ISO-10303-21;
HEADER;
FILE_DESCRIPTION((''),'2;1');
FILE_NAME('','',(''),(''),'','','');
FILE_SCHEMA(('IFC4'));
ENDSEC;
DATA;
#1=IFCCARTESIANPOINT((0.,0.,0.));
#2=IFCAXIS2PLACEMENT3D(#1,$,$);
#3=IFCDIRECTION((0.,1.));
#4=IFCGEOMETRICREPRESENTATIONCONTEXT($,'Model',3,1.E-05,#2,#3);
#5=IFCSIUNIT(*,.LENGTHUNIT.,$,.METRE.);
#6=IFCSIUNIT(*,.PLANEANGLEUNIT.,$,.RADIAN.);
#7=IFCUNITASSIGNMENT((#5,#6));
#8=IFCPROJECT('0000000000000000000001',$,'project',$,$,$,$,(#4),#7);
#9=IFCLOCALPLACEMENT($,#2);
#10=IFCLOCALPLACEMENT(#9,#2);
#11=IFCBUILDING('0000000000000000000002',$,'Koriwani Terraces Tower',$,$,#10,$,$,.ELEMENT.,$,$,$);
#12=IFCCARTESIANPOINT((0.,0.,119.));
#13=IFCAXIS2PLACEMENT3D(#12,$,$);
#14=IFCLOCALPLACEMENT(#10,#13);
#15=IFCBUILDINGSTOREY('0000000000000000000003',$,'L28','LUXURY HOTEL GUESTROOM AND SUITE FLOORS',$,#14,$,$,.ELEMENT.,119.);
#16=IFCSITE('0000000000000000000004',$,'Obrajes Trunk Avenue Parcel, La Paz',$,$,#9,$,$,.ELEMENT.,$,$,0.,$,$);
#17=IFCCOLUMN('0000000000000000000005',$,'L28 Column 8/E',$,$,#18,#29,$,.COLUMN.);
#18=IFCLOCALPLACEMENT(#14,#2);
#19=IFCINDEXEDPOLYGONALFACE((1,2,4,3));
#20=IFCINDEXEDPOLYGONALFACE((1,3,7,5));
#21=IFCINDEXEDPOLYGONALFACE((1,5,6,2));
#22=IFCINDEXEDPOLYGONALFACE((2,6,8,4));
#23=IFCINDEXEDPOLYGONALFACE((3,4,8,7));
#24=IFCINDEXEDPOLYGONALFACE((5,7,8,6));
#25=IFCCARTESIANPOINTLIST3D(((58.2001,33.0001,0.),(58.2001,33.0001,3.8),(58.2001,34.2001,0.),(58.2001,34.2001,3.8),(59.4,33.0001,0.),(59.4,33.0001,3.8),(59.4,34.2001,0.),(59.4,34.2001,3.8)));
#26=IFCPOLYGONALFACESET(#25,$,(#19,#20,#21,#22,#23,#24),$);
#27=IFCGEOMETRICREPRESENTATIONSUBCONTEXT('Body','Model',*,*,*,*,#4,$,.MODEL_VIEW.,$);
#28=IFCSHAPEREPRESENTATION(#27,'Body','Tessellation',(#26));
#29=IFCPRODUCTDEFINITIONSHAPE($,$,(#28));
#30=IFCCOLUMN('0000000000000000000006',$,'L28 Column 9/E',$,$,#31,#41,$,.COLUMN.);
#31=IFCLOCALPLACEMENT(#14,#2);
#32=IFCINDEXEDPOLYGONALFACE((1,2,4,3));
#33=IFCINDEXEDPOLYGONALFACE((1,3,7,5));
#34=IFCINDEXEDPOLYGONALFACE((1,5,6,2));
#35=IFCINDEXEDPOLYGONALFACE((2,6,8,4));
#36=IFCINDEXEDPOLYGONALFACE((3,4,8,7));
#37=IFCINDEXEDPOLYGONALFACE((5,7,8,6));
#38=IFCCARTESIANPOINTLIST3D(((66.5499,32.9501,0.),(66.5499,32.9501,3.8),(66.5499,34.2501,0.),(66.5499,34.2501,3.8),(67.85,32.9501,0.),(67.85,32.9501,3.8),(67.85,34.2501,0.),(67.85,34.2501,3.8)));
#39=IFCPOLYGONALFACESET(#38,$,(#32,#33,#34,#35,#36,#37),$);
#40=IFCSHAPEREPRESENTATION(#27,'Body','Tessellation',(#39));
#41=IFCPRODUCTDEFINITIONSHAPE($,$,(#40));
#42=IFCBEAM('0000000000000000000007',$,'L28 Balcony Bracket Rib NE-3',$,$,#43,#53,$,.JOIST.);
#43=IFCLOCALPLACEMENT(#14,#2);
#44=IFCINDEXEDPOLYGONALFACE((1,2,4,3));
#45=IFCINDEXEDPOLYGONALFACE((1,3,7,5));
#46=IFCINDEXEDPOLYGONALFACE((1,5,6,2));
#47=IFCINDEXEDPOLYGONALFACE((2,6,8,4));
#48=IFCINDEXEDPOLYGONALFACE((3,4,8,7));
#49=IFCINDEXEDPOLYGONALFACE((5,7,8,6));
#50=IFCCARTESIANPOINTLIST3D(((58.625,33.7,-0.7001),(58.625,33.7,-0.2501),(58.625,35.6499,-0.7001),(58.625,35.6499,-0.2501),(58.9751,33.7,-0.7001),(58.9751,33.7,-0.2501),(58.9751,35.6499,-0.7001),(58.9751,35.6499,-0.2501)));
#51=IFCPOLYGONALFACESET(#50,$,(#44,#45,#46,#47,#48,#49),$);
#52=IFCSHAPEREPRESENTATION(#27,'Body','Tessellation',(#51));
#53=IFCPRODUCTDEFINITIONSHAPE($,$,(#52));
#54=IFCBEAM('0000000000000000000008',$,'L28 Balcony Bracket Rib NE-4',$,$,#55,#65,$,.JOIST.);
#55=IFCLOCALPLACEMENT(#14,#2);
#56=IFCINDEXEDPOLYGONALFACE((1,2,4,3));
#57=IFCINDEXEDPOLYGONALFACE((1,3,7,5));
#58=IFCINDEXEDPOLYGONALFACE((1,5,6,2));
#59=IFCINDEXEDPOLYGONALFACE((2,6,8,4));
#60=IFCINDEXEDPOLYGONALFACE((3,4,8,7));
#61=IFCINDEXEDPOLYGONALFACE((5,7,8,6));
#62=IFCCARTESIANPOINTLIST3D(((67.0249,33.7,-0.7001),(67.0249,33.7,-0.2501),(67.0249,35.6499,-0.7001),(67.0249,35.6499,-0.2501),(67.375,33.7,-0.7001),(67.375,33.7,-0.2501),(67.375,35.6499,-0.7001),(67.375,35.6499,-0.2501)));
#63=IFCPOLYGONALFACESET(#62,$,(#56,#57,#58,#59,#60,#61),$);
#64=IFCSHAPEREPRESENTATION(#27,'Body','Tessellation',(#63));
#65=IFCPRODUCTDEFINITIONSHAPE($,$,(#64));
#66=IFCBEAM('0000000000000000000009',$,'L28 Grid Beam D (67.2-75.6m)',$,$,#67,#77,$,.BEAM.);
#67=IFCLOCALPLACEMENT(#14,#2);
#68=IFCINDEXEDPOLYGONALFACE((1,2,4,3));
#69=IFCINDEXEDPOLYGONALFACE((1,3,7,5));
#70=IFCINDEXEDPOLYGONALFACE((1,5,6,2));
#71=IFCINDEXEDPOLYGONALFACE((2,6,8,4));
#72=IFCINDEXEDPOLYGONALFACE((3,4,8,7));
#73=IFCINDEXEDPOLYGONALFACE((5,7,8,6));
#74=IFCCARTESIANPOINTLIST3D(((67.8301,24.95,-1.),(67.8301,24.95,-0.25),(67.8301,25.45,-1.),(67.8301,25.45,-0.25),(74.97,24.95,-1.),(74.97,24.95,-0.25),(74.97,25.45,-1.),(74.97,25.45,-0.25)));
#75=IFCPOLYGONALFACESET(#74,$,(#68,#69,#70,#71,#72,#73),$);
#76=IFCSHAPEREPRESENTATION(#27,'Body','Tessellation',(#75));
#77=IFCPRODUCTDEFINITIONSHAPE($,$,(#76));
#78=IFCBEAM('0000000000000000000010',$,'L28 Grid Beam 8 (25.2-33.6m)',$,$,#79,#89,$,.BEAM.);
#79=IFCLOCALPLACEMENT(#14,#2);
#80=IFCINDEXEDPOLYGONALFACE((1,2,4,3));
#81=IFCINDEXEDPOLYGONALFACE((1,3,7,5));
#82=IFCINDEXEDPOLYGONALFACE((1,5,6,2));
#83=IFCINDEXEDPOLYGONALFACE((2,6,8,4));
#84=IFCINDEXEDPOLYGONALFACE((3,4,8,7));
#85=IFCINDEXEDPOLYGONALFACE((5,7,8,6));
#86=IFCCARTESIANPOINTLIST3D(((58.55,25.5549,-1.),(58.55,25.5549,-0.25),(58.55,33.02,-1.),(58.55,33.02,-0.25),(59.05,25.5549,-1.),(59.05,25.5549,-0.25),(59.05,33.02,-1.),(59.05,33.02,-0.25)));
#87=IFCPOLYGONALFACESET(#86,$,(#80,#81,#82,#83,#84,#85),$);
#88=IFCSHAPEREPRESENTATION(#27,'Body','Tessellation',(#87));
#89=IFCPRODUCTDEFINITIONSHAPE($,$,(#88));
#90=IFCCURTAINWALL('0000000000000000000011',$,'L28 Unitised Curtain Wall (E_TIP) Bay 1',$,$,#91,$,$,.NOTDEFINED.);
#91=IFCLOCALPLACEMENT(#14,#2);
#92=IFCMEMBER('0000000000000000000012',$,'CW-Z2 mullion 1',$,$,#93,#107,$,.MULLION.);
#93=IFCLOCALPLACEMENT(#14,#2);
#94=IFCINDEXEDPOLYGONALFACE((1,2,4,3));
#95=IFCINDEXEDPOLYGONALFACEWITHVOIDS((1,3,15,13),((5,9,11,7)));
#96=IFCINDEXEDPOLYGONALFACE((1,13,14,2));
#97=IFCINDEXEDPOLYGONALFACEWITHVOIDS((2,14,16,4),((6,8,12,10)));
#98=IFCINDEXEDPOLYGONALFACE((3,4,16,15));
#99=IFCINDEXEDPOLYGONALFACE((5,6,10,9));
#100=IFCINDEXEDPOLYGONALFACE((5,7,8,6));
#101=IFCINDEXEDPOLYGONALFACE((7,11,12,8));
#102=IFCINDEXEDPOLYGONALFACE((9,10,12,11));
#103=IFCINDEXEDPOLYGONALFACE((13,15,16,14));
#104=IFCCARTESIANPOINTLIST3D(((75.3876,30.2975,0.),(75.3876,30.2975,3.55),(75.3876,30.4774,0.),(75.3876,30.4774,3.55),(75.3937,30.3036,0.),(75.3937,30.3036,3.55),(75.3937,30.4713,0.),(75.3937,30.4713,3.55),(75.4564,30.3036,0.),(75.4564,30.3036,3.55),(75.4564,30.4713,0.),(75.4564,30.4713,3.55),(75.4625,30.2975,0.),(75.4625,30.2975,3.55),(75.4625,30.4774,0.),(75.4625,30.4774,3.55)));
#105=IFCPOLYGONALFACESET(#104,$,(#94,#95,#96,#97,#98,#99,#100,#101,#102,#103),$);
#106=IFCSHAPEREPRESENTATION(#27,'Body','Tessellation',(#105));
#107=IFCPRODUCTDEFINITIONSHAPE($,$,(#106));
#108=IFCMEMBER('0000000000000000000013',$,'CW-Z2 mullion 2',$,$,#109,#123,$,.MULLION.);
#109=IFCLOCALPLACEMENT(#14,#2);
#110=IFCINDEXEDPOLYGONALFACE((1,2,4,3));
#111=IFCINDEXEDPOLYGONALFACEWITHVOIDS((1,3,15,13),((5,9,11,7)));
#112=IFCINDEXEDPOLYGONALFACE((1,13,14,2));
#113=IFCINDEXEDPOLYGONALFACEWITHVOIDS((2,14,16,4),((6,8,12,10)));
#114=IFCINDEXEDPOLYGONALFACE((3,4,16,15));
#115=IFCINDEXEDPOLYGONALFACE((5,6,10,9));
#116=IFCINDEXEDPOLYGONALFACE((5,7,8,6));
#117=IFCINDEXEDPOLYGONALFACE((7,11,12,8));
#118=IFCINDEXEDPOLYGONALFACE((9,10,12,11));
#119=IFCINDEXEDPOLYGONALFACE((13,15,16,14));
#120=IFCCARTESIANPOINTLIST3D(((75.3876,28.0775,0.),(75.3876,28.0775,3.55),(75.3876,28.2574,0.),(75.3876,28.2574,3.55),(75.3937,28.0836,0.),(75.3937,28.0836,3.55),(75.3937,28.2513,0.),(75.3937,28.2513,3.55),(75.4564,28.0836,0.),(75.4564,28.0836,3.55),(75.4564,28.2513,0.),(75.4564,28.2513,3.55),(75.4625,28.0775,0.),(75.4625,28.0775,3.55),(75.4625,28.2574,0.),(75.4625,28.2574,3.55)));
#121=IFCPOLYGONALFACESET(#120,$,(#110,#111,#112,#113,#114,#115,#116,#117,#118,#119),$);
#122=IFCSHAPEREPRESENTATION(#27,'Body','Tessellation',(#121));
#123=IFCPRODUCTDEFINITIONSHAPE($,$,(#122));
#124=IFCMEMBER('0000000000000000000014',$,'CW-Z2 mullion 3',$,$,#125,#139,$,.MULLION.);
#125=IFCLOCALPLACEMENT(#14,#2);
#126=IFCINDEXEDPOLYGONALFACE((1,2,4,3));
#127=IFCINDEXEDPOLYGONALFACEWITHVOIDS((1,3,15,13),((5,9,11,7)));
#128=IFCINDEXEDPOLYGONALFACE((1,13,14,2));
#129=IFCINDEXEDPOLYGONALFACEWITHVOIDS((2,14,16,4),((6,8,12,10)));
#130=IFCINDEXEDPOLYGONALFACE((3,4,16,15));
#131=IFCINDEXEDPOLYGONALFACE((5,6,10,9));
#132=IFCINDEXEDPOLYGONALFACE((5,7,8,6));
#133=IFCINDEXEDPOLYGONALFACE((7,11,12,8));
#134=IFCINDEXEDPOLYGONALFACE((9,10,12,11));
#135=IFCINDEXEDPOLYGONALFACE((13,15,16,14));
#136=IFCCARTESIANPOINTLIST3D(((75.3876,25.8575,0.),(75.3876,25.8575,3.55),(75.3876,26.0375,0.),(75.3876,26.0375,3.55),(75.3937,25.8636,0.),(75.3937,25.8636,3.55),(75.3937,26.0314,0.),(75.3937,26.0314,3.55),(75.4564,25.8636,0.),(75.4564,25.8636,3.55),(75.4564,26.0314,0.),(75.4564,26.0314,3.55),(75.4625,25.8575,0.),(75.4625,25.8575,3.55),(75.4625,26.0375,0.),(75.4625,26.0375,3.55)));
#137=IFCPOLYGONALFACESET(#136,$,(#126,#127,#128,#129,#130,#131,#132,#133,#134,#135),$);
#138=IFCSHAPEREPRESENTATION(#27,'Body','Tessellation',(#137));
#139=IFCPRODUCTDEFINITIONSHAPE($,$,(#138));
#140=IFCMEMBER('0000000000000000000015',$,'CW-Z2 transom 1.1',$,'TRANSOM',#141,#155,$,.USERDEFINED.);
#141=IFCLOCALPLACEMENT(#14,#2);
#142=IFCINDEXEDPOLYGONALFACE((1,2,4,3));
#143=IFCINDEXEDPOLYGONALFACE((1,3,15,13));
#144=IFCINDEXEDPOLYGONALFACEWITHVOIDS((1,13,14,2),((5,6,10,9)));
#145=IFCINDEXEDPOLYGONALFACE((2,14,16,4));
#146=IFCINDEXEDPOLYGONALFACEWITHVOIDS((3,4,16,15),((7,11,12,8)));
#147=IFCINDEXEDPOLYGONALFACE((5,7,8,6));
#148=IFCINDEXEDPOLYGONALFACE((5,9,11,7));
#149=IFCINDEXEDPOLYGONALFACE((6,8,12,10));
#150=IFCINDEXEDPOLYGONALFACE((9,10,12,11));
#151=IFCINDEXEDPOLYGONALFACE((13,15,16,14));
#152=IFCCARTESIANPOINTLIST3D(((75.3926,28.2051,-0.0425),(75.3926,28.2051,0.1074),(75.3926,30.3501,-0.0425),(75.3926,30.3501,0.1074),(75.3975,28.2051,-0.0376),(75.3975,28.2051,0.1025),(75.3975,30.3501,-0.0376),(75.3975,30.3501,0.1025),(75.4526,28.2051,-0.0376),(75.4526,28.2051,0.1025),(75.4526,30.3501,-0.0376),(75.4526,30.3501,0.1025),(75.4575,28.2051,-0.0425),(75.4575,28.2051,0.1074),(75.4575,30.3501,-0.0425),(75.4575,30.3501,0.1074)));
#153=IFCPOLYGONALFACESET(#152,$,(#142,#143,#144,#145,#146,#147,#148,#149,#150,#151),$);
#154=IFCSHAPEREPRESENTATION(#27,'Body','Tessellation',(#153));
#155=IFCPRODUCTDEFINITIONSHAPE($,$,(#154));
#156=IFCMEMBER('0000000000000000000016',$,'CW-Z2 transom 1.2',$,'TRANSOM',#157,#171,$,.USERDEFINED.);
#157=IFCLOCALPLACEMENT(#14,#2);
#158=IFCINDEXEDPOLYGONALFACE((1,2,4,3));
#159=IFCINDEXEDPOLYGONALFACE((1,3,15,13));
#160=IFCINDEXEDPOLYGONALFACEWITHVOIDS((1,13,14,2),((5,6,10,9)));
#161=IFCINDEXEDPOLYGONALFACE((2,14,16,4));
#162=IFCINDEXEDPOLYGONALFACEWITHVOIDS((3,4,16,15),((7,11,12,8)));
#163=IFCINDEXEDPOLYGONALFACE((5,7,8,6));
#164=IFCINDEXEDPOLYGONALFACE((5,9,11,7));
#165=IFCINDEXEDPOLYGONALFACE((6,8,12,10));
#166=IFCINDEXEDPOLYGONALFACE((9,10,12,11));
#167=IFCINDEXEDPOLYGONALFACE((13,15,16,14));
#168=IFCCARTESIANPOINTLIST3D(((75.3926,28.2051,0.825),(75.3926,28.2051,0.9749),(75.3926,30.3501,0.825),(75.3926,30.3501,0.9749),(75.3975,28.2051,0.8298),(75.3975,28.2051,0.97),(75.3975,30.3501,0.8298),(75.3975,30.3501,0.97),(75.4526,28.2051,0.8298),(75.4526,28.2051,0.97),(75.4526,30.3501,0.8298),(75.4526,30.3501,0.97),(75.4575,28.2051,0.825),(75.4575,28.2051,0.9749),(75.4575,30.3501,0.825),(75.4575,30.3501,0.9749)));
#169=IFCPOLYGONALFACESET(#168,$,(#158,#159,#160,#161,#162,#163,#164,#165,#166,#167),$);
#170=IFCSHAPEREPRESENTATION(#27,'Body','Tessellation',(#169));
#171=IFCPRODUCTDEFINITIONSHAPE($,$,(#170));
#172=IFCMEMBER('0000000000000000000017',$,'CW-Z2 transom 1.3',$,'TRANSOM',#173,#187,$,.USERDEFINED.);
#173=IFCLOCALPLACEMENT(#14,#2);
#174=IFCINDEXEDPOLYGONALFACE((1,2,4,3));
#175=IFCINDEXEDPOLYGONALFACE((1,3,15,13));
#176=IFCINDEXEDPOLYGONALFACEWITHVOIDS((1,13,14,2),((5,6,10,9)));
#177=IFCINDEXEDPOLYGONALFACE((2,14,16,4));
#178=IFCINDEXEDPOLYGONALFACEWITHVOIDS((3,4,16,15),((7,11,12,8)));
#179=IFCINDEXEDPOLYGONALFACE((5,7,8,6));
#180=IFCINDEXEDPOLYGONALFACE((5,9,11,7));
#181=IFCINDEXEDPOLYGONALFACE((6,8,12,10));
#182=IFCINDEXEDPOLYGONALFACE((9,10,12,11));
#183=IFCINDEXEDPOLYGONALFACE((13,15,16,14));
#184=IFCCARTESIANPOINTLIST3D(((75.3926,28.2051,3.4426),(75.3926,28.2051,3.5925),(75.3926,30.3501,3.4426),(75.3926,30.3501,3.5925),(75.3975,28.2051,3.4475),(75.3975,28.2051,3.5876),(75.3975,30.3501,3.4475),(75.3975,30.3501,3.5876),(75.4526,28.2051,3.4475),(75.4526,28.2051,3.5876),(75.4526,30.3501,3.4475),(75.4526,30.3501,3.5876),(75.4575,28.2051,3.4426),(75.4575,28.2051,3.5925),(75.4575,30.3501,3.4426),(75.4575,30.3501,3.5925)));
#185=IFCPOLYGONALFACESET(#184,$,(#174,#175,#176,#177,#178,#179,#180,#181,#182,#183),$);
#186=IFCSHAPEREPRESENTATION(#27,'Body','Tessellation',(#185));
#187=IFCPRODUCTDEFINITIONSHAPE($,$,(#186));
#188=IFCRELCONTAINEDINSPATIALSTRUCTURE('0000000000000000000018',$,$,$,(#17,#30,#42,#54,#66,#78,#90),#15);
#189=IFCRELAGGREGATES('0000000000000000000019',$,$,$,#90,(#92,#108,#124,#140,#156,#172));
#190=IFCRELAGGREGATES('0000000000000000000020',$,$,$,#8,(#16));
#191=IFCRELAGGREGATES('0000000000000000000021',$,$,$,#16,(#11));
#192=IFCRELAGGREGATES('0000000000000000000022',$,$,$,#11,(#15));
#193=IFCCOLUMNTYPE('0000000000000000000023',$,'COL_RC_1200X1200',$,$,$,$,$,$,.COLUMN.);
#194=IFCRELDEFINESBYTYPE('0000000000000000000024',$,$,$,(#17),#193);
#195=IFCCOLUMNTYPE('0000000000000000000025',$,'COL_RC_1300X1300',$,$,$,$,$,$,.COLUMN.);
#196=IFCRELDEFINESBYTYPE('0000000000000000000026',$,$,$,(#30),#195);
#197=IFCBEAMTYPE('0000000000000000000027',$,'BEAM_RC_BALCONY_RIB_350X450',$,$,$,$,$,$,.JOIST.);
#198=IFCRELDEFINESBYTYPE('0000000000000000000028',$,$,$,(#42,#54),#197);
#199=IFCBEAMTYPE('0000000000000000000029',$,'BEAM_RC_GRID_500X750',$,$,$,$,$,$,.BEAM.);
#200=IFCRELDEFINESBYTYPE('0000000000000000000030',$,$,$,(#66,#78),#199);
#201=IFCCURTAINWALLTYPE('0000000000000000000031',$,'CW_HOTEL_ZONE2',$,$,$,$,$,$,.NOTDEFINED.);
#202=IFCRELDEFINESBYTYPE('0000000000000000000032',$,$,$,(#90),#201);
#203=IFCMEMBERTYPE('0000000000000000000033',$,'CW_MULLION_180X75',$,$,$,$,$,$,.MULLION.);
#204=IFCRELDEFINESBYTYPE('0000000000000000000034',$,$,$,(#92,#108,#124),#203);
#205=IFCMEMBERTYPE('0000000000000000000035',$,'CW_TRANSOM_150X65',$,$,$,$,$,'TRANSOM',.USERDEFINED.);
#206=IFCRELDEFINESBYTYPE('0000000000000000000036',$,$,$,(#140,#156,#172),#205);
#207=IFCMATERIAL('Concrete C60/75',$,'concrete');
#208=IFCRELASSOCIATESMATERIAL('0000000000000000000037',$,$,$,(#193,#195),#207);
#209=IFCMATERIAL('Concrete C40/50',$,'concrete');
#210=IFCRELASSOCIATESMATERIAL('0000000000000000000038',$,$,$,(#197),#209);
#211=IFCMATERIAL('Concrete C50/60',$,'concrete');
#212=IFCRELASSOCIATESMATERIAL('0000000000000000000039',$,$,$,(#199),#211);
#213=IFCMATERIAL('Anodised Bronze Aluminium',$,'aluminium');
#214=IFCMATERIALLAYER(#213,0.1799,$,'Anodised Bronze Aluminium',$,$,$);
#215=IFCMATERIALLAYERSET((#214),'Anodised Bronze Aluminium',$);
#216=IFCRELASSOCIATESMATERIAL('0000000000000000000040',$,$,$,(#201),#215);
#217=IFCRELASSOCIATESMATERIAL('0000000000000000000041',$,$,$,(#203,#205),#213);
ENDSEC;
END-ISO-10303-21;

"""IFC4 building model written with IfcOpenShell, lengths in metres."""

from ifc_helpers import new_model, si_unit, direction, frame, origin, origin_2d, place, context, subcontext, project, spatial, rectangle, hollow_rectangle, extrude, material, layer, layer_set, material_profile, profile_set, type_object, element, aggregate, save


model = new_model("IFC4")

# Units and contexts
model_context = context("Model", 3, precision=1e-05, world=origin(), true_north=direction((0.0, 1.0)))
body_context = subcontext(model_context, "Body", "Model", "MODEL_VIEW")
ifc_project = project(units=[si_unit("LENGTHUNIT", "METRE"), si_unit("PLANEANGLEUNIT", "RADIAN")], contexts=[model_context])

# Site, building, storey
site_placement = place(None, origin())
site = spatial("IfcSite", under=ifc_project, at=site_placement, Name="Obrajes Trunk Avenue Parcel, La Paz", CompositionType="ELEMENT", RefElevation=0.0)
building_placement = place(site_placement, origin())
building = spatial("IfcBuilding", under=site, at=building_placement, Name="Koriwani Terraces Tower", CompositionType="ELEMENT")
storey_placement = place(building_placement, frame((0.0, 0.0, 119.0)))
storey = spatial("IfcBuildingStorey", under=building, at=storey_placement, Name="L28", Description="LUXURY HOTEL GUESTROOM AND SUITE FLOORS", CompositionType="ELEMENT", Elevation=119.0)

# Columns
ifc_material_1 = material(Name="Concrete C60/75", Category="concrete")
ifc_material_profile_1 = material_profile(ifc_material_1, rectangle(XDim=1.2, YDim=1.2, at=origin_2d()), Name="Concrete C60/75", Category="LoadBearing")
ifc_profile_set_1 = profile_set([ifc_material_profile_1], Name="Concrete C60/75")
column_type_1 = type_object("IfcColumnType", Name="COL_RC_1200X1200", PredefinedType="COLUMN", material=ifc_profile_set_1)
column_1_placement = place(storey_placement, frame((58.8, 33.6001, 0.0), z_axis=(0.0, 0.0, 1.0), x_axis=(1.0, 0.0, 0.0)))
element("IfcColumn", 1, at=column_1_placement, inside=storey, type_object=column_type_1, Name="L28 Column 8/E", PredefinedType="COLUMN", context=body_context, shape_type="SweptSolid", body=[
    extrude(rectangle(XDim=1.2, YDim=1.2, at=origin_2d()), origin(), (0.0, 0.0, 1.0), 3.8),
])
ifc_material_profile_2 = material_profile(ifc_material_1, rectangle(XDim=1.3, YDim=1.3, at=origin_2d()), Name="Concrete C60/75", Category="LoadBearing")
ifc_profile_set_2 = profile_set([ifc_material_profile_2], Name="Concrete C60/75")
column_type_2 = type_object("IfcColumnType", Name="COL_RC_1300X1300", PredefinedType="COLUMN", material=ifc_profile_set_2)
column_2_placement = place(storey_placement, frame((67.2, 33.6001, 0.0), z_axis=(0.0, 0.0, 1.0), x_axis=(1.0, 0.0, 0.0)))
element("IfcColumn", 2, at=column_2_placement, inside=storey, type_object=column_type_2, Name="L28 Column 9/E", PredefinedType="COLUMN", context=body_context, shape_type="SweptSolid", body=[
    extrude(rectangle(XDim=1.3, YDim=1.3, at=origin_2d()), origin(), (0.0, 0.0, 1.0), 3.8),
])

# Beams
ifc_material_2 = material(Name="Concrete C40/50", Category="concrete")
ifc_material_profile_3 = material_profile(ifc_material_2, rectangle(XDim=0.3501, YDim=0.45, at=origin_2d()), Name="Concrete C40/50", Category="LoadBearing")
ifc_profile_set_3 = profile_set([ifc_material_profile_3], Name="Concrete C40/50")
beam_type_1 = type_object("IfcBeamType", Name="BEAM_RC_BALCONY_RIB_350X450", PredefinedType="JOIST", material=ifc_profile_set_3)
for number, where, z_axis, x_axis, name in (
    (3, (58.8, 33.7, -0.4751), (0.0, 1.0, 0.0), (-1.0, 0.0, 0.0), "L28 Balcony Bracket Rib NE-3"),
    (4, (67.2, 33.7, -0.4751), (0.0, 1.0, 0.0), (-1.0, 0.0, 0.0), "L28 Balcony Bracket Rib NE-4"),
):
    element("IfcBeam", number, at=place(storey_placement, frame(where, z_axis=z_axis, x_axis=x_axis)), inside=storey, type_object=beam_type_1, Name=name, PredefinedType="JOIST", context=body_context, shape_type="SweptSolid", body=[
        extrude(rectangle(XDim=0.3501, YDim=0.45, at=origin_2d()), origin(), (0.0, 0.0, 1.0), 1.95),
    ])
ifc_material_3 = material(Name="Concrete C50/60", Category="concrete")
ifc_material_profile_4 = material_profile(ifc_material_3, rectangle(XDim=0.5, YDim=0.75, at=origin_2d()), Name="Concrete C50/60", Category="LoadBearing")
ifc_profile_set_4 = profile_set([ifc_material_profile_4], Name="Concrete C50/60")
beam_type_2 = type_object("IfcBeamType", Name="BEAM_RC_GRID_500X750", PredefinedType="BEAM", material=ifc_profile_set_4)
beam_1_placement = place(storey_placement, frame((67.8301, 25.2, -0.625), z_axis=(1.0, 0.0, 0.0), x_axis=(0.0, 1.0, 0.0)))
element("IfcBeam", 5, at=beam_1_placement, inside=storey, type_object=beam_type_2, Name="L28 Grid Beam D (67.2-75.6m)", PredefinedType="BEAM", context=body_context, shape_type="SweptSolid", body=[
    extrude(rectangle(XDim=0.5, YDim=0.75, at=origin_2d()), origin(), (0.0, 0.0, 1.0), 7.1399),
])
beam_2_placement = place(storey_placement, frame((58.8, 25.5549, -0.625), z_axis=(0.0, 1.0, 0.0), x_axis=(-1.0, 0.0, 0.0)))
element("IfcBeam", 6, at=beam_2_placement, inside=storey, type_object=beam_type_2, Name="L28 Grid Beam 8 (25.2-33.6m)", PredefinedType="BEAM", context=body_context, shape_type="SweptSolid", body=[
    extrude(rectangle(XDim=0.5, YDim=0.75, at=origin_2d()), origin(), (0.0, 0.0, 1.0), 7.4651),
])

# Curtain wall, members
ifc_material_4 = material(Name="Anodised Bronze Aluminium", Category="aluminium")
ifc_layer_1 = layer(ifc_material_4, 0.1799, Name="Anodised Bronze Aluminium")
ifc_layer_set_1 = layer_set([ifc_layer_1], Name="Anodised Bronze Aluminium")
curtain_wall_type = type_object("IfcCurtainWallType", Name="CW_HOTEL_ZONE2", PredefinedType="NOTDEFINED", material=ifc_layer_set_1)
curtain_wall_placement = place(storey_placement, origin())
curtain_wall = element("IfcCurtainWall", 7, at=curtain_wall_placement, inside=storey, type_object=curtain_wall_type, Name="L28 Unitised Curtain Wall (E_TIP) Bay 1", PredefinedType="NOTDEFINED")
ifc_material_profile_5 = material_profile(ifc_material_4, hollow_rectangle(XDim=0.075, YDim=0.1799, WallThickness=0.0061, at=origin_2d()), Name="Anodised Bronze Aluminium", Category="LoadBearing")
ifc_profile_set_5 = profile_set([ifc_material_profile_5], Name="Anodised Bronze Aluminium")
member_type_1 = type_object("IfcMemberType", Name="CW_MULLION_180X75", PredefinedType="MULLION", material=ifc_profile_set_5)
member_1_placement = place(storey_placement, frame((75.425, 30.3875, 0.0), z_axis=(0.0, 0.0, 1.0), x_axis=(1.0, 0.0, 0.0)))
member_1 = element("IfcMember", 8, at=member_1_placement, type_object=member_type_1, Name="CW-Z2 mullion 1", PredefinedType="MULLION", context=body_context, shape_type="SweptSolid", body=[
    extrude(hollow_rectangle(XDim=0.075, YDim=0.1799, WallThickness=0.0061, at=origin_2d()), origin(), (0.0, 0.0, 1.0), 3.55),
])
member_2_placement = place(storey_placement, frame((75.425, 28.1675, 0.0), z_axis=(0.0, 0.0, 1.0), x_axis=(1.0, 0.0, 0.0)))
member_2 = element("IfcMember", 9, at=member_2_placement, type_object=member_type_1, Name="CW-Z2 mullion 2", PredefinedType="MULLION", context=body_context, shape_type="SweptSolid", body=[
    extrude(hollow_rectangle(XDim=0.075, YDim=0.1799, WallThickness=0.0061, at=origin_2d()), origin(), (0.0, 0.0, 1.0), 3.55),
])
member_3_placement = place(storey_placement, frame((75.425, 25.9475, 0.0), z_axis=(0.0, 0.0, 1.0), x_axis=(1.0, 0.0, 0.0)))
member_3 = element("IfcMember", 10, at=member_3_placement, type_object=member_type_1, Name="CW-Z2 mullion 3", PredefinedType="MULLION", context=body_context, shape_type="SweptSolid", body=[
    extrude(hollow_rectangle(XDim=0.075, YDim=0.1799, WallThickness=0.0061, at=origin_2d()), origin(), (0.0, 0.0, 1.0), 3.55),
])
ifc_material_profile_6 = material_profile(ifc_material_4, hollow_rectangle(XDim=0.0649, YDim=0.1499, WallThickness=0.0049, at=origin_2d()), Name="Anodised Bronze Aluminium", Category="LoadBearing")
ifc_profile_set_6 = profile_set([ifc_material_profile_6], Name="Anodised Bronze Aluminium")
member_type_2 = type_object("IfcMemberType", Name="CW_TRANSOM_150X65", ElementType="TRANSOM", PredefinedType="USERDEFINED", material=ifc_profile_set_6)
member_4_placement = place(storey_placement, frame((75.425, 30.3501, 0.0325), z_axis=(0.0, -1.0, 0.0), x_axis=(1.0, 0.0, 0.0)))
member_4 = element("IfcMember", 11, at=member_4_placement, type_object=member_type_2, Name="CW-Z2 transom 1.1", ObjectType="TRANSOM", PredefinedType="USERDEFINED", context=body_context, shape_type="SweptSolid", body=[
    extrude(hollow_rectangle(XDim=0.0649, YDim=0.1499, WallThickness=0.0049, at=origin_2d()), origin(), (0.0, 0.0, 1.0), 2.145),
])
member_5_placement = place(storey_placement, frame((75.425, 30.3501, 0.8999), z_axis=(0.0, -1.0, 0.0), x_axis=(1.0, 0.0, 0.0)))
member_5 = element("IfcMember", 12, at=member_5_placement, type_object=member_type_2, Name="CW-Z2 transom 1.2", ObjectType="TRANSOM", PredefinedType="USERDEFINED", context=body_context, shape_type="SweptSolid", body=[
    extrude(hollow_rectangle(XDim=0.0649, YDim=0.1499, WallThickness=0.0049, at=origin_2d()), origin(), (0.0, 0.0, 1.0), 2.145),
])
member_6_placement = place(storey_placement, frame((75.425, 30.3501, 3.5176), z_axis=(0.0, -1.0, 0.0), x_axis=(1.0, 0.0, 0.0)))
member_6 = element("IfcMember", 13, at=member_6_placement, type_object=member_type_2, Name="CW-Z2 transom 1.3", ObjectType="TRANSOM", PredefinedType="USERDEFINED", context=body_context, shape_type="SweptSolid", body=[
    extrude(hollow_rectangle(XDim=0.0649, YDim=0.1499, WallThickness=0.0049, at=origin_2d()), origin(), (0.0, 0.0, 1.0), 2.145),
])

aggregate(curtain_wall, [member_1, member_2, member_3, member_4, member_5, member_6])

save(model, "model.ifc")
